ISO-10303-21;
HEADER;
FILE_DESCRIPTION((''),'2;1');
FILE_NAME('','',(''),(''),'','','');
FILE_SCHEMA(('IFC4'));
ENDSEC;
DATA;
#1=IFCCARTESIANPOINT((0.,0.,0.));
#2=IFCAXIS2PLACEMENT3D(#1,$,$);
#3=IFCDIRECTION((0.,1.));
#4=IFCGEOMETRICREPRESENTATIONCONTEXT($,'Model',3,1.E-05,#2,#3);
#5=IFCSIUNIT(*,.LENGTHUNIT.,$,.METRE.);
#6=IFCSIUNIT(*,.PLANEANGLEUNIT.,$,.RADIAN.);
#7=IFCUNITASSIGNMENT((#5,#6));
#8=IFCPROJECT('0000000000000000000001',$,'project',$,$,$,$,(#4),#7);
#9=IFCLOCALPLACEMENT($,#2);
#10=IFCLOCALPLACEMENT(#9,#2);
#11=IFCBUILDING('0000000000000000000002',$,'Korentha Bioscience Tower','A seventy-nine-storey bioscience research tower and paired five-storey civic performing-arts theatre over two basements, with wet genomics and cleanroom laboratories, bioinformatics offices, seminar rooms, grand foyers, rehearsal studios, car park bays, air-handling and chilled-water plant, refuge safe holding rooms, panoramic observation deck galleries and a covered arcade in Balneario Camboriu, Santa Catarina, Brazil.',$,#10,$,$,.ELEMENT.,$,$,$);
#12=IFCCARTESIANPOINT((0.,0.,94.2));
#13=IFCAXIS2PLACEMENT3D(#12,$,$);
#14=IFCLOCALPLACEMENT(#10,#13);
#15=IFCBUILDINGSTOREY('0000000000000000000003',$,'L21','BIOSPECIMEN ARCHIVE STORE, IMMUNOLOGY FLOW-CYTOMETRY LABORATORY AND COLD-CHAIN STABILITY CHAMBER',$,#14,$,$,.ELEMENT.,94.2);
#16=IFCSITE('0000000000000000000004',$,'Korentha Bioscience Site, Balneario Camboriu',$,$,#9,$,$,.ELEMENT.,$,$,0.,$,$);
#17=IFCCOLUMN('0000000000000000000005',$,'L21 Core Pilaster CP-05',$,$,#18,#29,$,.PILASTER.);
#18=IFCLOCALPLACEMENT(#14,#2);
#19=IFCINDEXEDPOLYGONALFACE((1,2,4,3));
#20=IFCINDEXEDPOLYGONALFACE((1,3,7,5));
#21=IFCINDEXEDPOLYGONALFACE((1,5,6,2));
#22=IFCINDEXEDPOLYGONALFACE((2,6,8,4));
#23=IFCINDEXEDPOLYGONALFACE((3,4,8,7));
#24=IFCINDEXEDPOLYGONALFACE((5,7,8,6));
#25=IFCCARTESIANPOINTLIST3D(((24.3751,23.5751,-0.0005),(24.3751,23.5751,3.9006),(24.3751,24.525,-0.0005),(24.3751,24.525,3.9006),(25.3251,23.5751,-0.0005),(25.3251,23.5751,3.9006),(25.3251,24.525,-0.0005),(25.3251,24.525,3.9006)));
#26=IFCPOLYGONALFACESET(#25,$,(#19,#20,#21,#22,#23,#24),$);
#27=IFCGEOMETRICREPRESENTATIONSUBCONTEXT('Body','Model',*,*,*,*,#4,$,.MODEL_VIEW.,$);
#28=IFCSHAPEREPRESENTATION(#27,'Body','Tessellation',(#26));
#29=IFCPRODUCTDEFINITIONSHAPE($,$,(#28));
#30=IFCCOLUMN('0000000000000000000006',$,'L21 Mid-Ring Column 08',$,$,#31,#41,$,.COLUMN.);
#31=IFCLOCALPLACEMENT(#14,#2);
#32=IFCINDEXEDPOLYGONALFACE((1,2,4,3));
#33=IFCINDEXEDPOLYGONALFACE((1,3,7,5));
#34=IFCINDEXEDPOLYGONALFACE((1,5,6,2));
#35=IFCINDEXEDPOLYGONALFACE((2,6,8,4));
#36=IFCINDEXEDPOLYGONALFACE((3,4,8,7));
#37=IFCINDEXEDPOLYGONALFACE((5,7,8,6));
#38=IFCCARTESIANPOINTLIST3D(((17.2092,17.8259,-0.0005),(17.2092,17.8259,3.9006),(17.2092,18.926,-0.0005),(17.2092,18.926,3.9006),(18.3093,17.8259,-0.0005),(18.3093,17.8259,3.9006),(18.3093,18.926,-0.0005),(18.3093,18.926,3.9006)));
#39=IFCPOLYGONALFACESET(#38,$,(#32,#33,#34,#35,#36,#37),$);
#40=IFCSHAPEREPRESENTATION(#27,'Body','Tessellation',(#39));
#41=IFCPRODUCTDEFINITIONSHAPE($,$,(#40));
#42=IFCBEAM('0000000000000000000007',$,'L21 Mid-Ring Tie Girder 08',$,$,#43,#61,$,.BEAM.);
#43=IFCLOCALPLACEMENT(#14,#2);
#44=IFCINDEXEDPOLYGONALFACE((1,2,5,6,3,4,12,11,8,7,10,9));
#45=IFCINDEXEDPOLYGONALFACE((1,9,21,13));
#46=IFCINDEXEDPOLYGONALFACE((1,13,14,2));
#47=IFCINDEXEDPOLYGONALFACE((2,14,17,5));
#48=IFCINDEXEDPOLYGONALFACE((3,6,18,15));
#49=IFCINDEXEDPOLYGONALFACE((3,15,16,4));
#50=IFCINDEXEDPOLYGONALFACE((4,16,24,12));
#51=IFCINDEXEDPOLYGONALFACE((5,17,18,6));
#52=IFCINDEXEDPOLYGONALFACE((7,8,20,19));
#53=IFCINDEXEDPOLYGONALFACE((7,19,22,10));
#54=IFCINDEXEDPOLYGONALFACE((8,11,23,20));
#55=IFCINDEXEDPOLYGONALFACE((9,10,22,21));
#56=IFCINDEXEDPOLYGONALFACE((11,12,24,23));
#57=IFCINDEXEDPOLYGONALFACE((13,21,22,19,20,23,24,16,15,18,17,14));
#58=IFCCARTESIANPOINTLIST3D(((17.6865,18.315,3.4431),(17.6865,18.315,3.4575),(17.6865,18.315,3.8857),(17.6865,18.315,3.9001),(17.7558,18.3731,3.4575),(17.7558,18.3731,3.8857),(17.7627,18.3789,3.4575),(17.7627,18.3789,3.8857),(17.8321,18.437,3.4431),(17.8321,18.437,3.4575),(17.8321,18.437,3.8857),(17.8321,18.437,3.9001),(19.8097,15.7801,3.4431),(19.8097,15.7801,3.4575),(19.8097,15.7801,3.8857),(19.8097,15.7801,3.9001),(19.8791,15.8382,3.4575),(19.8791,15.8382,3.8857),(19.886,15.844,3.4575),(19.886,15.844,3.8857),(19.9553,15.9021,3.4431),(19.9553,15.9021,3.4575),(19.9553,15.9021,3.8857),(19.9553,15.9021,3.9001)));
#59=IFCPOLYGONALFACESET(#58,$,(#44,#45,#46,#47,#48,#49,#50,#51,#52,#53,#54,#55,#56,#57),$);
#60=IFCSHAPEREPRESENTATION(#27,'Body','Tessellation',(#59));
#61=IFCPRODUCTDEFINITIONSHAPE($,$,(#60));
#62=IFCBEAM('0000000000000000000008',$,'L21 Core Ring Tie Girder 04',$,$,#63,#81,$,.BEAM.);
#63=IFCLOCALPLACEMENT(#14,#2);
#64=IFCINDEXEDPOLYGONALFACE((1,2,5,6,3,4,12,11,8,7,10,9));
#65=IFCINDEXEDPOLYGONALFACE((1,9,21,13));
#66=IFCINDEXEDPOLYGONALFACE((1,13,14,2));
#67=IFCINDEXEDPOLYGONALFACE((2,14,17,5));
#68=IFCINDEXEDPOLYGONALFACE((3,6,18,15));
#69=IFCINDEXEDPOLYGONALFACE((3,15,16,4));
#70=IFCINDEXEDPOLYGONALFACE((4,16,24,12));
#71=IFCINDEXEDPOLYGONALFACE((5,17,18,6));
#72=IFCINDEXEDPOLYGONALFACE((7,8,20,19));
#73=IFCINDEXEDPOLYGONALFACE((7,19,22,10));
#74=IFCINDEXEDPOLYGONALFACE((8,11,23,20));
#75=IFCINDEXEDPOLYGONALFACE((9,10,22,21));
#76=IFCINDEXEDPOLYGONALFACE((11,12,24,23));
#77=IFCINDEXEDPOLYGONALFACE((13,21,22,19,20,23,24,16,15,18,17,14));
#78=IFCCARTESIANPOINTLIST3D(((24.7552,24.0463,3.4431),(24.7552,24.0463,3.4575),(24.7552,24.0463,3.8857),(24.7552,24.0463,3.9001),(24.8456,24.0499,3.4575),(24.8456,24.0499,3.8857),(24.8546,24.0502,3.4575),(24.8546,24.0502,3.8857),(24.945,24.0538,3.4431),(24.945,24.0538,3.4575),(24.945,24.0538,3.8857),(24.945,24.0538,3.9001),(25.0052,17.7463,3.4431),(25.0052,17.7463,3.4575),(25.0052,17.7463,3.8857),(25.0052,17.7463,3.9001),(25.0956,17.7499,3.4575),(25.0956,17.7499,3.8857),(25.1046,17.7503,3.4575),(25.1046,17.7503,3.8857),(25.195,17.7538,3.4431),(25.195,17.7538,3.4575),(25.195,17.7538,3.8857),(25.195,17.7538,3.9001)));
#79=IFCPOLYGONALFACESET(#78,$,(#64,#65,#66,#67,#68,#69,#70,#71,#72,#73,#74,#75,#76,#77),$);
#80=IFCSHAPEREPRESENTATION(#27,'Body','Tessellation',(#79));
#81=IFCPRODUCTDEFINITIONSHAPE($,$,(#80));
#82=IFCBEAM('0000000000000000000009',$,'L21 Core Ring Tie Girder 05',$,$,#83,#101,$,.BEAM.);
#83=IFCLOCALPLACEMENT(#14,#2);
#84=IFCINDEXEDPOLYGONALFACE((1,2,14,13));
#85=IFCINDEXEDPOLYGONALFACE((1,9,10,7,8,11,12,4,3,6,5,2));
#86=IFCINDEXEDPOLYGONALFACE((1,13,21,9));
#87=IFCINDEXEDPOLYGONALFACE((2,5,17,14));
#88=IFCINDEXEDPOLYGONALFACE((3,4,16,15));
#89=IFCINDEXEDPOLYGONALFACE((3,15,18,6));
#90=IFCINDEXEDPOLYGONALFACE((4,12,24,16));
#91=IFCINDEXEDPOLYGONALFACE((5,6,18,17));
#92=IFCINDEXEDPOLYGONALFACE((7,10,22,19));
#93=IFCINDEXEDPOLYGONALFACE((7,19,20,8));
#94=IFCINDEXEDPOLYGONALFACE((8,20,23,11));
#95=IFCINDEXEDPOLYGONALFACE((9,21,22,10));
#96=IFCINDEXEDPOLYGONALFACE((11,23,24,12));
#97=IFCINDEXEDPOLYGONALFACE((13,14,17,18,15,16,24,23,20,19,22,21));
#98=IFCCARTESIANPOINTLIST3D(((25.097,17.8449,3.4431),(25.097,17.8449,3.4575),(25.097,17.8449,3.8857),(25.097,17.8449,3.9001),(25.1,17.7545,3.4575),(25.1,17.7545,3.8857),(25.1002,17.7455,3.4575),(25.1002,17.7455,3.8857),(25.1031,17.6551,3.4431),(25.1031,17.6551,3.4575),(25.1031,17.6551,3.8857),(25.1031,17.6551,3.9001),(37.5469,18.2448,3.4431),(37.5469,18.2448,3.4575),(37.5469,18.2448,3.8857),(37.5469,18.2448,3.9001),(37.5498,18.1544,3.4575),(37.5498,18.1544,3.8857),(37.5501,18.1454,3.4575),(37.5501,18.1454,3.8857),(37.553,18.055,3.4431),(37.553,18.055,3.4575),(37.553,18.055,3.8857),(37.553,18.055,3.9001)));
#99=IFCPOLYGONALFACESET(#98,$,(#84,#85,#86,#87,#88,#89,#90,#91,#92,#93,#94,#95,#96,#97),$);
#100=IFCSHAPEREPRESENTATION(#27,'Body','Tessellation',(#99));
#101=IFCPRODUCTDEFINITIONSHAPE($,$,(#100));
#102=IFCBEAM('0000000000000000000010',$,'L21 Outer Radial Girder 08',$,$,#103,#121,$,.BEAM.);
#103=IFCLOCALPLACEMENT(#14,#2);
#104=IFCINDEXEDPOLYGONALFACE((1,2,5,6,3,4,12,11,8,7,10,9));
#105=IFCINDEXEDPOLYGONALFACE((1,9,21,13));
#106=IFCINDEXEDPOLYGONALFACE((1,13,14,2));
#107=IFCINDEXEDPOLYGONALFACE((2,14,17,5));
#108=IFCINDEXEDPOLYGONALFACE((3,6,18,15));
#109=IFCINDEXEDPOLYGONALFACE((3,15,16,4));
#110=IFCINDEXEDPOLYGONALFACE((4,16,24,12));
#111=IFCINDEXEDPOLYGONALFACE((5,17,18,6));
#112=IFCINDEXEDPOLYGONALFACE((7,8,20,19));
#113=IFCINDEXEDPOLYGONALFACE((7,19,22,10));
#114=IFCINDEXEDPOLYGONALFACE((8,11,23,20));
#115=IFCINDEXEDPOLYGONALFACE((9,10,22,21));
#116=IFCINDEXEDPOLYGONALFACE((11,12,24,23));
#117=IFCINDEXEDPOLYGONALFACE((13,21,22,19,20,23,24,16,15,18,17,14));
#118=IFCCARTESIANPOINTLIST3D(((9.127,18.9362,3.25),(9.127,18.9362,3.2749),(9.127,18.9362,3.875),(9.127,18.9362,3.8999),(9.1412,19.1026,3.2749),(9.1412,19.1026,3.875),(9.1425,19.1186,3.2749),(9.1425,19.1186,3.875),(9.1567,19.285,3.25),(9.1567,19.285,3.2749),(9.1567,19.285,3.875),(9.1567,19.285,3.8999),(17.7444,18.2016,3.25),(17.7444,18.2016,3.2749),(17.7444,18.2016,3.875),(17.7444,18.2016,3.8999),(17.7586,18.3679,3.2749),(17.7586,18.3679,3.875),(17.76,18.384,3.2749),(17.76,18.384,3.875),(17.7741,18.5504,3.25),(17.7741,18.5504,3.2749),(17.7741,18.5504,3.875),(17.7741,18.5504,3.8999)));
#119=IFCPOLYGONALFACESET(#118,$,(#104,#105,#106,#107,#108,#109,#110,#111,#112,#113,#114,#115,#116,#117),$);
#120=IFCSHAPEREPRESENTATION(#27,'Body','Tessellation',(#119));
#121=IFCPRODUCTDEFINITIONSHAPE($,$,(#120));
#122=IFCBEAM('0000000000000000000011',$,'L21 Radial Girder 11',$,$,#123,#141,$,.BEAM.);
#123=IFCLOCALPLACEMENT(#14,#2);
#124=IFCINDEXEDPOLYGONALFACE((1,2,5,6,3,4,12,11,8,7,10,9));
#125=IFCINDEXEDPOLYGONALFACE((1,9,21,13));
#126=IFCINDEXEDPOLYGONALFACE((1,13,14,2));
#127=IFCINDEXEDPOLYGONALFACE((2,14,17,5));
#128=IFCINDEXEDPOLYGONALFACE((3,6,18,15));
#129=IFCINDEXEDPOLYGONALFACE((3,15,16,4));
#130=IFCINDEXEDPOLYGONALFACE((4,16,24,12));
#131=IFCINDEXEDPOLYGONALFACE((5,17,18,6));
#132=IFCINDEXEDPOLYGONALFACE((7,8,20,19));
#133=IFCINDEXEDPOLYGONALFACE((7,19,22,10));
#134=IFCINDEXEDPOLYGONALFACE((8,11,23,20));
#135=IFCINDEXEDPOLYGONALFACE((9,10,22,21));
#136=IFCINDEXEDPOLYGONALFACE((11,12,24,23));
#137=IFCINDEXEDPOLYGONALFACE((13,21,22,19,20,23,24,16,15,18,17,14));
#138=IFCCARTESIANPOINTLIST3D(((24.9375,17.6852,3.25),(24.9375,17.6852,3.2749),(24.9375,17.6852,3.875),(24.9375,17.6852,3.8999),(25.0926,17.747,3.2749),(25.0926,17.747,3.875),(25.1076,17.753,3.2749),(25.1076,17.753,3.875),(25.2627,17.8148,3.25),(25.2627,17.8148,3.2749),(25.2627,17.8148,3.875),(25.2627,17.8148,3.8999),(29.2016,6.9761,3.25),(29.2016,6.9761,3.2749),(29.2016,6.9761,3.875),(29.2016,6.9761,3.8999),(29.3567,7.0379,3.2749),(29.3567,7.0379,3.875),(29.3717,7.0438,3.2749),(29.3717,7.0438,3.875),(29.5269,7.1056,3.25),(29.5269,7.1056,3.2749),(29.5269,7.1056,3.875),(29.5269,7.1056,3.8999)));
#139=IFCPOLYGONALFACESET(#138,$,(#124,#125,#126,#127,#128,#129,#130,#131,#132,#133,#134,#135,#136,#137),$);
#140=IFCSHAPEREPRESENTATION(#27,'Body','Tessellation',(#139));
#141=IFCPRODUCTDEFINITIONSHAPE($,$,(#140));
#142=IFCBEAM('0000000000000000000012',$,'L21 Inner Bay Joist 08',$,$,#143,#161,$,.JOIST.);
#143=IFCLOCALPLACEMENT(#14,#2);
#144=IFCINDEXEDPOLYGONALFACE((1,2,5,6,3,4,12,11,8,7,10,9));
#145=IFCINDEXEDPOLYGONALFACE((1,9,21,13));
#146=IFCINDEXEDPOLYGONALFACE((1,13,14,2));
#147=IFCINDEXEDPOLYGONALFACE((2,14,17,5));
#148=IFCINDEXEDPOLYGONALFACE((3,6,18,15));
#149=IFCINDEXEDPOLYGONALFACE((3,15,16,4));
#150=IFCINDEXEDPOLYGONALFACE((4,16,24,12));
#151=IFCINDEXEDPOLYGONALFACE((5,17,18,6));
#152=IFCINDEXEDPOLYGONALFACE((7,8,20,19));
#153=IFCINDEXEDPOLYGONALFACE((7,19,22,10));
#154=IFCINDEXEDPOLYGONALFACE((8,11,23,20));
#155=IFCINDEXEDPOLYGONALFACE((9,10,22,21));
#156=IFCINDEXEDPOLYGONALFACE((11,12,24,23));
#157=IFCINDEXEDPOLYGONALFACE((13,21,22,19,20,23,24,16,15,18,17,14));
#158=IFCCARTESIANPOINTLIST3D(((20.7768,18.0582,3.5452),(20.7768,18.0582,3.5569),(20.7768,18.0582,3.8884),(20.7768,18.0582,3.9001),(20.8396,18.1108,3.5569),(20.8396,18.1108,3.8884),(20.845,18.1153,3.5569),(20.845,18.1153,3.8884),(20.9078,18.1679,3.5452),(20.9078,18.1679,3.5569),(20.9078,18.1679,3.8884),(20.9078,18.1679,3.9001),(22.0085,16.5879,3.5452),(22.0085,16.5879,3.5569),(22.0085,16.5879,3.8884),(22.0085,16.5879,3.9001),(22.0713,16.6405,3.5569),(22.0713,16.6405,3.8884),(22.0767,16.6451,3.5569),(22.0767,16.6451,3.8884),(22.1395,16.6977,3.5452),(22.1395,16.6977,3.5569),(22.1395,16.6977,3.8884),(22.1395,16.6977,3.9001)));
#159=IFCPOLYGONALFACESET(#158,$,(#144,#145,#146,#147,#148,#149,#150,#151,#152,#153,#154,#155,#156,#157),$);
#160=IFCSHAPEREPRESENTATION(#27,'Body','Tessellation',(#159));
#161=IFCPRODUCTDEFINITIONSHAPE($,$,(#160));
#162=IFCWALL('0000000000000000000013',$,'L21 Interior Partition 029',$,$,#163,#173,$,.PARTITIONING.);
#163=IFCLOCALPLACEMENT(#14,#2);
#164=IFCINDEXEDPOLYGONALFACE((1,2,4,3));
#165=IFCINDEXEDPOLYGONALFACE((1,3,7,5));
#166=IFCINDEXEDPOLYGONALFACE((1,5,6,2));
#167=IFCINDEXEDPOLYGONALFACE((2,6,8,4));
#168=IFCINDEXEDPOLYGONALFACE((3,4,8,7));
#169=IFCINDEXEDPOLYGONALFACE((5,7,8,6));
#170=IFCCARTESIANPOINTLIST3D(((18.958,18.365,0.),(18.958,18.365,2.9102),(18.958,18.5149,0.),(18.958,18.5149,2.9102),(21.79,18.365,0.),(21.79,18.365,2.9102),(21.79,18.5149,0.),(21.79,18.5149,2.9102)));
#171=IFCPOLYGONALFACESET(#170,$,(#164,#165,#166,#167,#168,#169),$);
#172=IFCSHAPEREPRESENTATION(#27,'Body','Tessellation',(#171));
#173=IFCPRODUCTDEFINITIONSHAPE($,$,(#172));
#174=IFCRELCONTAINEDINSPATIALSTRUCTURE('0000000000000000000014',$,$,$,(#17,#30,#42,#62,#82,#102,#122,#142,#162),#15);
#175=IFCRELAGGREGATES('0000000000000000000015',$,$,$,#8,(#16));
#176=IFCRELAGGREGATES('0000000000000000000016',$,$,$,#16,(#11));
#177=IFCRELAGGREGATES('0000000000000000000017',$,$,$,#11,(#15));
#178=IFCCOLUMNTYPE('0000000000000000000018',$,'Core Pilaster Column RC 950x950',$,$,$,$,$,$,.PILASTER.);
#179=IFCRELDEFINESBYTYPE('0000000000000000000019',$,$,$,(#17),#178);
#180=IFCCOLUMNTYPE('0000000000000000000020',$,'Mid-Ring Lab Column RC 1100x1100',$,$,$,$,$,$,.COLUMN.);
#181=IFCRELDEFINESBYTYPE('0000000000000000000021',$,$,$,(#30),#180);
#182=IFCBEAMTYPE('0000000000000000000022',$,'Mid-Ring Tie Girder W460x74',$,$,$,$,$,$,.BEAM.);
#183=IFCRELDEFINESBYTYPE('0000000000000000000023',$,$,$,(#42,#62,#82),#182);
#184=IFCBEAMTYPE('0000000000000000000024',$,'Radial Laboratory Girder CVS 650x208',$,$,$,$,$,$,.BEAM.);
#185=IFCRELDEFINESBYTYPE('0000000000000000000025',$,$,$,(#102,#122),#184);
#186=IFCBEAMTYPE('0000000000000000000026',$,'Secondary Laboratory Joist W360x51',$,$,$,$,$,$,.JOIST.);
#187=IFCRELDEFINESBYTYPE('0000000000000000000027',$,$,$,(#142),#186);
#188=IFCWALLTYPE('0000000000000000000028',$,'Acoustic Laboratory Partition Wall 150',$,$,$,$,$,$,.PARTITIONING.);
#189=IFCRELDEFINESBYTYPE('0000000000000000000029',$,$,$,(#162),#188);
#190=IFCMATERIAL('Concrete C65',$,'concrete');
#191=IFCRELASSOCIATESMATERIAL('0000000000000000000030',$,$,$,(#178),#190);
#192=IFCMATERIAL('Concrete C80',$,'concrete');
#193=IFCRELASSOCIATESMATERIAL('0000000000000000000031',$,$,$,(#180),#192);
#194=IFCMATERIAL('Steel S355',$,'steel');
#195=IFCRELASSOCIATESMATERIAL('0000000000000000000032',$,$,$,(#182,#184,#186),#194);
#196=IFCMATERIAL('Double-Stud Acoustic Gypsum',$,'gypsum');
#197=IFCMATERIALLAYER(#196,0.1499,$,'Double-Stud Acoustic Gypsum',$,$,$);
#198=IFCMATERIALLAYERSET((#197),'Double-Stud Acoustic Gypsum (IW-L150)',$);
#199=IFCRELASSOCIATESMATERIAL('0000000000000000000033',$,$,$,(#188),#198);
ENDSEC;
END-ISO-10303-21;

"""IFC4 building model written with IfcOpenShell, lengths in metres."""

from ifc_helpers import new_model, si_unit, direction, frame, frame_2d, origin, origin_2d, place, context, subcontext, project, spatial, rectangle, i_section, extrude, material, layer, layer_set, material_profile, profile_set, type_object, element, save


model = new_model("IFC4")

# Units and contexts
model_context = context("Model", 3, precision=1e-05, world=origin(), true_north=direction((0.0, 1.0)))
body_context = subcontext(model_context, "Body", "Model", "MODEL_VIEW")
ifc_project = project(units=[si_unit("LENGTHUNIT", "METRE"), si_unit("PLANEANGLEUNIT", "RADIAN")], contexts=[model_context])

# Site, building, storey
site_placement = place(None, origin())
site = spatial("IfcSite", under=ifc_project, at=site_placement, Name="Korentha Bioscience Site, Balneario Camboriu", CompositionType="ELEMENT", RefElevation=0.0)
building_placement = place(site_placement, origin())
building = spatial("IfcBuilding", under=site, at=building_placement, Name="Korentha Bioscience Tower", Description="A seventy-nine-storey bioscience research tower and paired five-storey civic performing-arts theatre over two basements, with wet genomics and cleanroom laboratories, bioinformatics offices, seminar rooms, grand foyers, rehearsal studios, car park bays, air-handling and chilled-water plant, refuge safe holding rooms, panoramic observation deck galleries and a covered arcade in Balneario Camboriu, Santa Catarina, Brazil.", CompositionType="ELEMENT")
storey_placement = place(building_placement, frame((0.0, 0.0, 94.2)))
storey = spatial("IfcBuildingStorey", under=building, at=storey_placement, Name="L21", Description="BIOSPECIMEN ARCHIVE STORE, IMMUNOLOGY FLOW-CYTOMETRY LABORATORY AND COLD-CHAIN STABILITY CHAMBER", CompositionType="ELEMENT", Elevation=94.2)

# Columns
ifc_material_1 = material(Name="Concrete C65", Category="concrete")
ifc_material_profile_1 = material_profile(ifc_material_1, rectangle(XDim=0.95, YDim=0.95, at=origin_2d()), Name="Concrete C65")
ifc_profile_set_1 = profile_set([ifc_material_profile_1], Name="Concrete C65 (COL-CP09)")
column_type_1 = type_object("IfcColumnType", Name="Core Pilaster Column RC 950x950", PredefinedType="PILASTER", material=ifc_profile_set_1)
column_1_placement = place(storey_placement, frame((24.8501, 24.05, -0.0005), z_axis=(0.0, 0.0, 1.0), x_axis=(1.0, 0.0, 0.0)))
element("IfcColumn", 1, at=column_1_placement, inside=storey, type_object=column_type_1, Name="L21 Core Pilaster CP-05", PredefinedType="PILASTER", context=body_context, shape_type="SweptSolid", body=[
    extrude(rectangle(XDim=0.95, YDim=0.95, at=origin_2d()), origin(), (0.0, 0.0, 1.0), 3.9011),
])
ifc_material_2 = material(Name="Concrete C80", Category="concrete")
ifc_material_profile_2 = material_profile(ifc_material_2, rectangle(XDim=1.1001, YDim=1.1001, at=origin_2d()), Name="Concrete C80")
ifc_profile_set_2 = profile_set([ifc_material_profile_2], Name="Concrete C80 (COL-MR11)")
column_type_2 = type_object("IfcColumnType", Name="Mid-Ring Lab Column RC 1100x1100", PredefinedType="COLUMN", material=ifc_profile_set_2)
column_2_placement = place(storey_placement, frame((17.7593, 18.376, -0.0005), z_axis=(0.0, 0.0, 1.0), x_axis=(1.0, 0.0, 0.0)))
element("IfcColumn", 2, at=column_2_placement, inside=storey, type_object=column_type_2, Name="L21 Mid-Ring Column 08", PredefinedType="COLUMN", context=body_context, shape_type="SweptSolid", body=[
    extrude(rectangle(XDim=1.1001, YDim=1.1001, at=origin_2d()), origin(), (0.0, 0.0, 1.0), 3.9011),
])

# Beams
ifc_material_3 = material(Name="Steel S355", Category="steel")
ifc_material_profile_3 = material_profile(ifc_material_3, i_section(OverallWidth=0.1899, OverallDepth=0.457, WebThickness=0.009, FlangeThickness=0.0144, at=origin_2d()), Name="Steel S355")
ifc_profile_set_3 = profile_set([ifc_material_profile_3], Name="Steel S355 (MB-460)")
beam_type_1 = type_object("IfcBeamType", Name="Mid-Ring Tie Girder W460x74", PredefinedType="BEAM", material=ifc_profile_set_3)
beam_1_placement = place(storey_placement, frame((17.7593, 18.376, 3.6716), z_axis=(0.642121, -0.766603, 0.0), x_axis=(0.766603, 0.642121, 0.0)))
element("IfcBeam", 3, at=beam_1_placement, inside=storey, type_object=beam_type_1, Name="L21 Mid-Ring Tie Girder 08", PredefinedType="BEAM", context=body_context, shape_type="SweptSolid", body=[
    extrude(i_section(OverallWidth=0.1899, OverallDepth=0.457, WebThickness=0.009, FlangeThickness=0.0144, at=origin_2d()), origin(), (0.0, 0.0, 1.0), 3.3066),
])
beam_2_placement = place(storey_placement, frame((24.8501, 24.05, 3.6716), z_axis=(0.039651, -0.999214, 0.0), x_axis=(0.999214, 0.039651, 0.0)))
element("IfcBeam", 4, at=beam_2_placement, inside=storey, type_object=beam_type_1, Name="L21 Core Ring Tie Girder 04", PredefinedType="BEAM", context=body_context, shape_type="SweptSolid", body=[
    extrude(i_section(OverallWidth=0.1899, OverallDepth=0.457, WebThickness=0.009, FlangeThickness=0.0144, at=origin_2d()), origin(), (0.0, 0.0, 1.0), 6.3049),
])
beam_3_placement = place(storey_placement, frame((25.1001, 17.75, 3.6716), z_axis=(0.999485, 0.032104, 0.0), x_axis=(-0.032104, 0.999485, 0.0)))
element("IfcBeam", 5, at=beam_3_placement, inside=storey, type_object=beam_type_1, Name="L21 Core Ring Tie Girder 05", PredefinedType="BEAM", context=body_context, shape_type="SweptSolid", body=[
    extrude(i_section(OverallWidth=0.1899, OverallDepth=0.457, WebThickness=0.009, FlangeThickness=0.0144, at=origin_2d()), origin(), (0.0, 0.0, 1.0), 12.4563),
])
ifc_material_profile_4 = material_profile(ifc_material_3, i_section(OverallWidth=0.3501, OverallDepth=0.6499, WebThickness=0.0161, FlangeThickness=0.0249, at=origin_2d()), Name="Steel S355")
ifc_profile_set_4 = profile_set([ifc_material_profile_4], Name="Steel S355 (RB-650)")
beam_type_2 = type_object("IfcBeamType", Name="Radial Laboratory Girder CVS 650x208", PredefinedType="BEAM", material=ifc_profile_set_4)
beam_4_placement = place(storey_placement, frame((17.7593, 18.376, 3.575), z_axis=(-0.996386, 0.08494, 0.0), x_axis=(-0.08494, -0.996386, 0.0)))
element("IfcBeam", 6, at=beam_4_placement, inside=storey, type_object=beam_type_2, Name="L21 Outer Radial Girder 08", PredefinedType="BEAM", context=body_context, shape_type="SweptSolid", body=[
    extrude(i_section(OverallWidth=0.3501, OverallDepth=0.6499, WebThickness=0.0161, FlangeThickness=0.0249, at=origin_2d()), origin(), (0.0, 0.0, 1.0), 8.6487),
])
beam_5_placement = place(storey_placement, frame((25.1001, 17.75, 3.575), z_axis=(0.36993, -0.92906, 0.0), x_axis=(0.92906, 0.36993, 0.0)))
element("IfcBeam", 7, at=beam_5_placement, inside=storey, type_object=beam_type_2, Name="L21 Radial Girder 11", PredefinedType="BEAM", context=body_context, shape_type="SweptSolid", body=[
    extrude(i_section(OverallWidth=0.3501, OverallDepth=0.6499, WebThickness=0.0161, FlangeThickness=0.0249, at=origin_2d()), origin(), (0.0, 0.0, 1.0), 11.5269),
])
ifc_material_profile_5 = material_profile(ifc_material_3, i_section(OverallWidth=0.1709, OverallDepth=0.355, WebThickness=0.0071, FlangeThickness=0.0117, at=origin_2d()), Name="Steel S355")
ifc_profile_set_5 = profile_set([ifc_material_profile_5], Name="Steel S355 (JB-360)")
beam_type_3 = type_object("IfcBeamType", Name="Secondary Laboratory Joist W360x51", PredefinedType="JOIST", material=ifc_profile_set_5)
beam_6_placement = place(storey_placement, frame((20.8423, 18.113, 3.7227), z_axis=(0.642185, -0.766549, 0.0), x_axis=(0.766549, 0.642185, 0.0)))
element("IfcBeam", 8, at=beam_6_placement, inside=storey, type_object=beam_type_3, Name="L21 Inner Bay Joist 08", PredefinedType="JOIST", context=body_context, shape_type="SweptSolid", body=[
    extrude(i_section(OverallWidth=0.1709, OverallDepth=0.355, WebThickness=0.0071, FlangeThickness=0.0117, at=origin_2d()), origin(), (0.0, 0.0, 1.0), 1.918),
])

# Wall
ifc_material_4 = material(Name="Double-Stud Acoustic Gypsum", Category="gypsum")
ifc_layer_1 = layer(ifc_material_4, 0.1499, Name="Double-Stud Acoustic Gypsum")
ifc_layer_set_1 = layer_set([ifc_layer_1], Name="Double-Stud Acoustic Gypsum (IW-L150)")
wall_type_1 = type_object("IfcWallType", Name="Acoustic Laboratory Partition Wall 150", PredefinedType="PARTITIONING", material=ifc_layer_set_1)
wall_1_placement = place(storey_placement, frame((18.958, 18.4399, 0.0), z_axis=(0.0, 0.0, 1.0), x_axis=(1.0, 0.0, 0.0)))
element("IfcWall", 9, at=wall_1_placement, inside=storey, type_object=wall_type_1, Name="L21 Interior Partition 029", PredefinedType="PARTITIONING", context=body_context, shape_type="SweptSolid", body=[
    extrude(rectangle(XDim=2.832, YDim=0.1499, at=frame_2d((1.416, 0.0))), origin(), (0.0, 0.0, 1.0), 2.9102),
])

save(model, "model.ifc")
